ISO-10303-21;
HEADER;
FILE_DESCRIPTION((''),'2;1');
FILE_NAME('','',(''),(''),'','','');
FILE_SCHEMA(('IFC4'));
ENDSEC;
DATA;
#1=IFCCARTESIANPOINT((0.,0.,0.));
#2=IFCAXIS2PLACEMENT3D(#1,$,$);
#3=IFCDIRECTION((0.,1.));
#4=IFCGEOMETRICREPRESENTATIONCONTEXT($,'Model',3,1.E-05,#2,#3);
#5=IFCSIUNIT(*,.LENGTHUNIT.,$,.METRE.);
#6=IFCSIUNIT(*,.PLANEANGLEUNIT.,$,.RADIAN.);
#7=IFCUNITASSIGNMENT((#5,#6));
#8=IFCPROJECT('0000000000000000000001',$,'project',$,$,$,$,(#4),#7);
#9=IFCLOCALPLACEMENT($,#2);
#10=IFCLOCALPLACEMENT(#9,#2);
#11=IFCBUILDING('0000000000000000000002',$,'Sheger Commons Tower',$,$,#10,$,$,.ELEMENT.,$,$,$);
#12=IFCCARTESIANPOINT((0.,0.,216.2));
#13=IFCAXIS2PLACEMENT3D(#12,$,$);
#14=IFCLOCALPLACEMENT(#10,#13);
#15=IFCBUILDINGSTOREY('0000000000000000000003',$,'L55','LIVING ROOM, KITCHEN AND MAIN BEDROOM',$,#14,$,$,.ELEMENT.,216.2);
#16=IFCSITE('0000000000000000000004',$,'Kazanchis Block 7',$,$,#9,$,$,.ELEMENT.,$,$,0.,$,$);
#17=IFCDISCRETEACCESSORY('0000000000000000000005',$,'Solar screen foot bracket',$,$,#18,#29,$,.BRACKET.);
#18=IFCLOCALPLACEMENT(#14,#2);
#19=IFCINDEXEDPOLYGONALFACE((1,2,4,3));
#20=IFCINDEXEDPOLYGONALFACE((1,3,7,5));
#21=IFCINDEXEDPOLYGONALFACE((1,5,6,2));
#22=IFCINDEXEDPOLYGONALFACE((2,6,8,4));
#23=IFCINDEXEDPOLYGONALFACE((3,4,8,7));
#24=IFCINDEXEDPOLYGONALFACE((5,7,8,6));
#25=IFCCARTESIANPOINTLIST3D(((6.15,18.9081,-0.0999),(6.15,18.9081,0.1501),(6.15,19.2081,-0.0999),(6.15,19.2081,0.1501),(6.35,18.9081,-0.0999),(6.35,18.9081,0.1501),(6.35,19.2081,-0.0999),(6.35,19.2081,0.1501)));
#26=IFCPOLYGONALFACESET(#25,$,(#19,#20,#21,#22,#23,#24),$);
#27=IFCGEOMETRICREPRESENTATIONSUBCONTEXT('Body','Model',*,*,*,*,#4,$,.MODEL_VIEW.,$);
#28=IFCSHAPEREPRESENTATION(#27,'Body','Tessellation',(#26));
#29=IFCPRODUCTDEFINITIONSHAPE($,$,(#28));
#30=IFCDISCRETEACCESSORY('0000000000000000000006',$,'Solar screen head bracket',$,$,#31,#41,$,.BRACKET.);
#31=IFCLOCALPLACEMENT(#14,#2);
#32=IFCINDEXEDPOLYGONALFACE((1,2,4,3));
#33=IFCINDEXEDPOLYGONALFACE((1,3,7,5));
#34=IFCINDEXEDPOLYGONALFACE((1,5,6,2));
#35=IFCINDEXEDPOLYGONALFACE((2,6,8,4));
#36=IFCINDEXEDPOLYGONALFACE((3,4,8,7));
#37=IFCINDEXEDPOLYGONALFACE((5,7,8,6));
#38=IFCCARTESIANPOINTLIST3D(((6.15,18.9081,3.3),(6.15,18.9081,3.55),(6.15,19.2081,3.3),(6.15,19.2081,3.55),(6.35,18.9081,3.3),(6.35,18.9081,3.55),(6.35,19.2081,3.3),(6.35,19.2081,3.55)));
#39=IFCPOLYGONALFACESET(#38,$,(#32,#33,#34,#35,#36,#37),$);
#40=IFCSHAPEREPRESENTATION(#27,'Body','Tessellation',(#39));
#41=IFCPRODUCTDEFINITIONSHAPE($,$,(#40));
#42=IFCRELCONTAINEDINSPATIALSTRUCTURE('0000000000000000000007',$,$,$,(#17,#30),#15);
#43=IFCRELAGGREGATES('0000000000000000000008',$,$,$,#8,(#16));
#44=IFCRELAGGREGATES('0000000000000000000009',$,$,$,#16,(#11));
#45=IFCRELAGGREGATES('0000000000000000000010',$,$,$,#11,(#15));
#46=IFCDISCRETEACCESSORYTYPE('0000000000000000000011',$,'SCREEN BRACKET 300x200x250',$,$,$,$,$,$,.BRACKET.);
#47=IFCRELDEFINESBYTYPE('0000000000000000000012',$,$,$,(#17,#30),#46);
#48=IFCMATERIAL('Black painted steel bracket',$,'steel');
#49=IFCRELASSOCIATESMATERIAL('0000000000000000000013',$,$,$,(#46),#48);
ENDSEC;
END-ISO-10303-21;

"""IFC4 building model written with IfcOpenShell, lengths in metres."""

from ifc_helpers import new_model, si_unit, direction, frame, origin, origin_2d, place, context, subcontext, project, spatial, rectangle, extrude, material, type_object, element, save


model = new_model("IFC4")

# Units and contexts
model_context = context("Model", 3, precision=1e-05, world=origin(), true_north=direction((0.0, 1.0)))
body_context = subcontext(model_context, "Body", "Model", "MODEL_VIEW")
ifc_project = project(units=[si_unit("LENGTHUNIT", "METRE"), si_unit("PLANEANGLEUNIT", "RADIAN")], contexts=[model_context])

# Site, building, storey
site_placement = place(None, origin())
site = spatial("IfcSite", under=ifc_project, at=site_placement, Name="Kazanchis Block 7", CompositionType="ELEMENT", RefElevation=0.0)
building_placement = place(site_placement, origin())
building = spatial("IfcBuilding", under=site, at=building_placement, Name="Sheger Commons Tower", CompositionType="ELEMENT")
storey_placement = place(building_placement, frame((0.0, 0.0, 216.2)))
storey = spatial("IfcBuildingStorey", under=building, at=storey_placement, Name="L55", Description="LIVING ROOM, KITCHEN AND MAIN BEDROOM", CompositionType="ELEMENT", Elevation=216.2)

# Discrete accessories
ifc_material_1 = material(Name="Black painted steel bracket", Category="steel")
discrete_accessory_type = type_object("IfcDiscreteAccessoryType", Name="SCREEN BRACKET 300x200x250", PredefinedType="BRACKET", material=ifc_material_1)
for number, where, z_axis, x_axis, name in (
    (1, (6.25, 19.0581, -0.0999), (0.0, 0.0, 1.0), (0.0, -1.0, 0.0), "Solar screen foot bracket"),
    (2, (6.25, 19.0581, 3.3), (0.0, 0.0, 1.0), (0.0, -1.0, 0.0), "Solar screen head bracket"),
):
    element("IfcDiscreteAccessory", number, at=place(storey_placement, frame(where, z_axis=z_axis, x_axis=x_axis)), inside=storey, type_object=discrete_accessory_type, Name=name, PredefinedType="BRACKET", context=body_context, shape_type="SweptSolid", body=[
        extrude(rectangle(XDim=0.3, YDim=0.2, at=origin_2d()), origin(), (0.0, 0.0, 1.0), 0.25),
    ])

save(model, "model.ifc")
